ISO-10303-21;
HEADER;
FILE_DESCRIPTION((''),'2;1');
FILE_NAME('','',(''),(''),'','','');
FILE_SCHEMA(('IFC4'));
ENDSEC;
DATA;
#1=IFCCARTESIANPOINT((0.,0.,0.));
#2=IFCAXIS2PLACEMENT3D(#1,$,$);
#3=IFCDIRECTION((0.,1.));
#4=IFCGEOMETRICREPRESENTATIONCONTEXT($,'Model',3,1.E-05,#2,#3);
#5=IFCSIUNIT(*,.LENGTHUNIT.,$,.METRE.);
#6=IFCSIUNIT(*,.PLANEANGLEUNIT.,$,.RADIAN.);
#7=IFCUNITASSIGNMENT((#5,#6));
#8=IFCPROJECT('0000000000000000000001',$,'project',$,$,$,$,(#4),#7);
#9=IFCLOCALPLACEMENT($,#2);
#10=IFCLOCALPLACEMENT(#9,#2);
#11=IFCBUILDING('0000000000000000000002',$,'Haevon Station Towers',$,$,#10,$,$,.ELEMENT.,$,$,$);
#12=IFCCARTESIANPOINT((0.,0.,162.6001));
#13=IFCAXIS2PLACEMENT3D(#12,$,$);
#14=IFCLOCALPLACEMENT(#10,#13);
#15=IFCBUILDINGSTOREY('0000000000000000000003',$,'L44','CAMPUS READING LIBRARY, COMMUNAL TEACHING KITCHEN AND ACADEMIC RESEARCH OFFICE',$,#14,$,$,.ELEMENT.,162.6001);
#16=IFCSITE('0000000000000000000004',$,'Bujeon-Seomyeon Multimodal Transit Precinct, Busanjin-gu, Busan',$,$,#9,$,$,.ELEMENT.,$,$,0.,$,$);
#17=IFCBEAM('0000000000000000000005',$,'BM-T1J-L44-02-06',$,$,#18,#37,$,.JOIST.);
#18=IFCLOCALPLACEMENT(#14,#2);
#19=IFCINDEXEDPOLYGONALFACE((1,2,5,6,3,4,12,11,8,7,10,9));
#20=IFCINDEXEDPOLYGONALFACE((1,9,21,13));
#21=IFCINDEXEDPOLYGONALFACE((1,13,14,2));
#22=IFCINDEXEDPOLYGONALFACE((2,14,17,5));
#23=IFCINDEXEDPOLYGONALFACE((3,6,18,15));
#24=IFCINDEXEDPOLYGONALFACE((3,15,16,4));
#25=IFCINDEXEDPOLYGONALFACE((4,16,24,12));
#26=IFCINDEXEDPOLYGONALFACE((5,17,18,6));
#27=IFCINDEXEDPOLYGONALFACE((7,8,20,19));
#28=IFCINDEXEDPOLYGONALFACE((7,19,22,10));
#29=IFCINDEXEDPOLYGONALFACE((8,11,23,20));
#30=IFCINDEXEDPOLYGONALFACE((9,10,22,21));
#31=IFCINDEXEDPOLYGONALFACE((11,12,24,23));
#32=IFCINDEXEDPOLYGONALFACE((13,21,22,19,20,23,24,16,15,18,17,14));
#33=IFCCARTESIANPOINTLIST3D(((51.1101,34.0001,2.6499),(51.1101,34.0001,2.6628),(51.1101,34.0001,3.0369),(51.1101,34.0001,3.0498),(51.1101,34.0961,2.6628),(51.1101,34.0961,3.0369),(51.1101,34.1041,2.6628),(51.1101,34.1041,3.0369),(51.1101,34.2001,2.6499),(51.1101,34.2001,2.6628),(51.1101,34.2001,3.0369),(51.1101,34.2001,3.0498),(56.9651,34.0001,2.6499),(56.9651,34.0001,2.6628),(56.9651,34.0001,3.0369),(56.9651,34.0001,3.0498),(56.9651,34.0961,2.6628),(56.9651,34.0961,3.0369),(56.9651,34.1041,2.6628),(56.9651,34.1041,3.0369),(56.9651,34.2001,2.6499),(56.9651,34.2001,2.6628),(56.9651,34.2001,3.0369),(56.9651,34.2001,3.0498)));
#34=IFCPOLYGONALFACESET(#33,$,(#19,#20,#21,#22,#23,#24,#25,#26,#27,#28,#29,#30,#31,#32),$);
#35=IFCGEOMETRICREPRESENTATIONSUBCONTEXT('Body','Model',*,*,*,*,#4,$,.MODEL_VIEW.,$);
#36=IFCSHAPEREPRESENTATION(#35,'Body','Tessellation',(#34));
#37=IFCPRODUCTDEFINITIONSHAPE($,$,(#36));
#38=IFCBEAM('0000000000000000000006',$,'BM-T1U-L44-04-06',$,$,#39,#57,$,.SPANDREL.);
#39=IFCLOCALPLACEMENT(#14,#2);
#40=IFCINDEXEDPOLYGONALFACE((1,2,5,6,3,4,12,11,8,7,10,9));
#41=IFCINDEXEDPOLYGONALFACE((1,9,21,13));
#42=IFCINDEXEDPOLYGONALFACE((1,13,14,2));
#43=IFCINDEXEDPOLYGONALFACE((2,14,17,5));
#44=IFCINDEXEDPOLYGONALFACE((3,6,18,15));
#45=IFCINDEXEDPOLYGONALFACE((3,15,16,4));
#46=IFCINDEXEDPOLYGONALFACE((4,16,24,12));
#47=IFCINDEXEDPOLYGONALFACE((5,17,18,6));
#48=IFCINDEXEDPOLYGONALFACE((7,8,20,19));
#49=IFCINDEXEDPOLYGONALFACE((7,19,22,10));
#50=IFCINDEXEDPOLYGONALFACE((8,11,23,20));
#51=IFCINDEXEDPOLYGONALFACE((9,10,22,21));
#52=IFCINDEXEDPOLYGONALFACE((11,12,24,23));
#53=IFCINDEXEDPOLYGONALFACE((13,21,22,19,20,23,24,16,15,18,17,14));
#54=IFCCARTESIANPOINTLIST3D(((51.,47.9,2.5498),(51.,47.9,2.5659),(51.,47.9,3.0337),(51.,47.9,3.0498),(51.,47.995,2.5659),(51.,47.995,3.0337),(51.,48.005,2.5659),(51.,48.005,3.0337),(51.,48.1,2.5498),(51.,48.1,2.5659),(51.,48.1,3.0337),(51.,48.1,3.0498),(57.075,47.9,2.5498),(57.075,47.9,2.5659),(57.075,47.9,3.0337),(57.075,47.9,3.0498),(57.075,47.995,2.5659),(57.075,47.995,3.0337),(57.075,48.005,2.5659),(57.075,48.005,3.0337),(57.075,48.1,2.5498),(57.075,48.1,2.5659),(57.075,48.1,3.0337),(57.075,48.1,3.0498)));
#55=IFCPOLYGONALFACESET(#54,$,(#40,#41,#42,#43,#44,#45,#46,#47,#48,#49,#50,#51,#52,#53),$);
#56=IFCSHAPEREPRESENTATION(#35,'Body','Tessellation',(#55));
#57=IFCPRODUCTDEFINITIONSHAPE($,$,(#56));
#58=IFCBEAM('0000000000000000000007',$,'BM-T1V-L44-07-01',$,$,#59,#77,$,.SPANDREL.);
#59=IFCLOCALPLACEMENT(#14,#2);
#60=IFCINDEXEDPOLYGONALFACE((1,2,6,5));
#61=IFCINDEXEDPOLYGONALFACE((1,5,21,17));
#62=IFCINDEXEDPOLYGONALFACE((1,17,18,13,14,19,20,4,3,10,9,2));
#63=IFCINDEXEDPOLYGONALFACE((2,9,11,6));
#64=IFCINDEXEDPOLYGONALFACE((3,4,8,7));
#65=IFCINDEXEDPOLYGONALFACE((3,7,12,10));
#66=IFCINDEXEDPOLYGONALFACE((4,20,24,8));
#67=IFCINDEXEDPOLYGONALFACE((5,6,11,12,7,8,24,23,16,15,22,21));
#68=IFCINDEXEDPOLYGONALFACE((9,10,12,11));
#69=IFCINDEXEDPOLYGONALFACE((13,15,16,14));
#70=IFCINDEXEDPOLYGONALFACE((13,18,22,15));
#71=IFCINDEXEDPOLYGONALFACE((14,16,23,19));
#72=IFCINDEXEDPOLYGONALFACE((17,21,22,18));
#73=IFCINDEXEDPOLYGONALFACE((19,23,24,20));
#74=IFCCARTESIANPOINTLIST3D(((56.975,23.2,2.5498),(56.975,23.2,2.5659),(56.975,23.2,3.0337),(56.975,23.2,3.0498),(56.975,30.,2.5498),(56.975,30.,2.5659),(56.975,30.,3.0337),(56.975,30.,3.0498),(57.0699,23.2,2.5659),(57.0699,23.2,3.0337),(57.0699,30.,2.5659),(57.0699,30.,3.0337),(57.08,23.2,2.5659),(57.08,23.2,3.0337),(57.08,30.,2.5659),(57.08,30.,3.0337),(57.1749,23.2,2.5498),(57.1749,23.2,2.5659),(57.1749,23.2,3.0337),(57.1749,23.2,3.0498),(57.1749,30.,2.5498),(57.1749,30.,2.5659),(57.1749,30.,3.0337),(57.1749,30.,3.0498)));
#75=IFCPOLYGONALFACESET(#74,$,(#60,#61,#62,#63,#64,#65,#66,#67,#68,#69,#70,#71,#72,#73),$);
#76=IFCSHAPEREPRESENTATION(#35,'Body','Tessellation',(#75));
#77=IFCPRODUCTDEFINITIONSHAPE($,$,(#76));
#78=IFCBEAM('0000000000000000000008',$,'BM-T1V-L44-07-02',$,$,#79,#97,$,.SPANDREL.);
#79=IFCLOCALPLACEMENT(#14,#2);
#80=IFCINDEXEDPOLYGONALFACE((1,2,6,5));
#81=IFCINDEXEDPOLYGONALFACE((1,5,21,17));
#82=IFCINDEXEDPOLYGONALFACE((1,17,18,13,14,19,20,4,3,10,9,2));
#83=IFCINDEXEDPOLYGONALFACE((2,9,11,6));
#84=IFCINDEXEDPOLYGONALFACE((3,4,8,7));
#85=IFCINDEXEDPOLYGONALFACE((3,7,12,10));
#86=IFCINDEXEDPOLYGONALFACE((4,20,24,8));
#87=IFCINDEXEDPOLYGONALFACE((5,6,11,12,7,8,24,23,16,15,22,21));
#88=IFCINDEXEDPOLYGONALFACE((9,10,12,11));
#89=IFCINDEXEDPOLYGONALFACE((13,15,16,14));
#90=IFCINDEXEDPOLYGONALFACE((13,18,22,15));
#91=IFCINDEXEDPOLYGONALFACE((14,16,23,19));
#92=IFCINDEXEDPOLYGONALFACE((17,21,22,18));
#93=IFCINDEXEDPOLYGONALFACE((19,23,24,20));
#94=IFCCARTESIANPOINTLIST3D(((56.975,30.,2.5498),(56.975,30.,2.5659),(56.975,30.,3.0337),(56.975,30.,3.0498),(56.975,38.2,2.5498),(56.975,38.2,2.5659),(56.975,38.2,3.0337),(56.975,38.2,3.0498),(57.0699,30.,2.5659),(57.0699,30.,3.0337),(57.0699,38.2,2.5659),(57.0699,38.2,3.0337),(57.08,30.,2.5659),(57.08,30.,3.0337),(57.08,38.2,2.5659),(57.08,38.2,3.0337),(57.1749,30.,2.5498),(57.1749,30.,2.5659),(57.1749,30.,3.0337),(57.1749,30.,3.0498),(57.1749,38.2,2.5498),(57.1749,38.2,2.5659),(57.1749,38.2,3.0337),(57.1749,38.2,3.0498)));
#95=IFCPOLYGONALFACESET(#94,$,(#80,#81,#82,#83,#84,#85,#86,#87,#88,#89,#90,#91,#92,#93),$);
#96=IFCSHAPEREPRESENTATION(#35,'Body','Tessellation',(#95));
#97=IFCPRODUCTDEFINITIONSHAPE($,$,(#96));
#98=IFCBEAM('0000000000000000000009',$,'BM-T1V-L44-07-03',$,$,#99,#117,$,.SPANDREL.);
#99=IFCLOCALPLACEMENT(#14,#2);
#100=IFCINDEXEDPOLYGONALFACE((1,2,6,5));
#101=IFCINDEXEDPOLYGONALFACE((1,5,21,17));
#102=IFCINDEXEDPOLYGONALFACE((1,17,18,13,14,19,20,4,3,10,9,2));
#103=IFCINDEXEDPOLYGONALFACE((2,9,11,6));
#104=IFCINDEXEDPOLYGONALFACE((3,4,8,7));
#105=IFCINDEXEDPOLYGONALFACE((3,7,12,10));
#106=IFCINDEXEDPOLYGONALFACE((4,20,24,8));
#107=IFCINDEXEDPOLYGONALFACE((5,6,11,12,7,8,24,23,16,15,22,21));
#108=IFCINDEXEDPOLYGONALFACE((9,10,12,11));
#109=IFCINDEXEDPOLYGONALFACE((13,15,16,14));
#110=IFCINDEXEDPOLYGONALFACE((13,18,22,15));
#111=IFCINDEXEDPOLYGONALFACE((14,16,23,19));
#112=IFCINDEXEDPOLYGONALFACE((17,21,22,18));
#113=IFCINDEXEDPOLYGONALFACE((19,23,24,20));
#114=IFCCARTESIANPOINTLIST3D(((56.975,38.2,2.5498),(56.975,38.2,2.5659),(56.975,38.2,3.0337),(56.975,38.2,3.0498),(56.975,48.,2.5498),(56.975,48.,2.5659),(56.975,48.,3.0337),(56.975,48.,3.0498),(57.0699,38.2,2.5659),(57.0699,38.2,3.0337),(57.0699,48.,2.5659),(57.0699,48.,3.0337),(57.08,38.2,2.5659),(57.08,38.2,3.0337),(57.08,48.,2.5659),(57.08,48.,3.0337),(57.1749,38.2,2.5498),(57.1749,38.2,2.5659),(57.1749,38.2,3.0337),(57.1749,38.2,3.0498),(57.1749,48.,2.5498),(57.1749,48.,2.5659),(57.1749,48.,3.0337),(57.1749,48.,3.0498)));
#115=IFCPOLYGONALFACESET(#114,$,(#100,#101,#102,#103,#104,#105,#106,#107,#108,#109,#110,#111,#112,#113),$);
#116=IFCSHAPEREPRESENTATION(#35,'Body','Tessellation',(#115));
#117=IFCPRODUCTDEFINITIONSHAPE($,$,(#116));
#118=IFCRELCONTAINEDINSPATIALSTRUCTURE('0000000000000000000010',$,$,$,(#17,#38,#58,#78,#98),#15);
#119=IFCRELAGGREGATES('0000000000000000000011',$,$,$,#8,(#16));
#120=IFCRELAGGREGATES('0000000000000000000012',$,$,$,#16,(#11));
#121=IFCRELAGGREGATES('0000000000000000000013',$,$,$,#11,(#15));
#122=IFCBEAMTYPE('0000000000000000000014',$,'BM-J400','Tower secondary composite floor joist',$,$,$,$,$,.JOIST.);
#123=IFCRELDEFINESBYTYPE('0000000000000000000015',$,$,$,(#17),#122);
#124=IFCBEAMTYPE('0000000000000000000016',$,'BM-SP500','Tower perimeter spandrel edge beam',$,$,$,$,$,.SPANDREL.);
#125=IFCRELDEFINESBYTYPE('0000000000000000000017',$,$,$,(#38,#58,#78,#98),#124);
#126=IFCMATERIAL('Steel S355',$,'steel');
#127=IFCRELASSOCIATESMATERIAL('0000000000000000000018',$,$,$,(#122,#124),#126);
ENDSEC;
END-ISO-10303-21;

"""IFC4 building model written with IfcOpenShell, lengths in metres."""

from ifc_helpers import new_model, si_unit, direction, frame, origin, origin_2d, place, context, subcontext, project, spatial, i_section, extrude, material, material_profile, profile_set, type_object, element, save


model = new_model("IFC4")

# Units and contexts
model_context = context("Model", 3, precision=1e-05, world=origin(), true_north=direction((0.0, 1.0)))
body_context = subcontext(model_context, "Body", "Model", "MODEL_VIEW")
ifc_project = project(units=[si_unit("LENGTHUNIT", "METRE"), si_unit("PLANEANGLEUNIT", "RADIAN")], contexts=[model_context])

# Site, building, storey
site_placement = place(None, origin())
site = spatial("IfcSite", under=ifc_project, at=site_placement, Name="Bujeon-Seomyeon Multimodal Transit Precinct, Busanjin-gu, Busan", CompositionType="ELEMENT", RefElevation=0.0)
building_placement = place(site_placement, origin())
building = spatial("IfcBuilding", under=site, at=building_placement, Name="Haevon Station Towers", CompositionType="ELEMENT")
storey_placement = place(building_placement, frame((0.0, 0.0, 162.6001)))
storey = spatial("IfcBuildingStorey", under=building, at=storey_placement, Name="L44", Description="CAMPUS READING LIBRARY, COMMUNAL TEACHING KITCHEN AND ACADEMIC RESEARCH OFFICE", CompositionType="ELEMENT", Elevation=162.6001)

# Shared definitions
ifc_material_1 = material(Name="Steel S355", Category="steel")

# Beams
ifc_material_profile_1 = material_profile(ifc_material_1, i_section(OverallWidth=0.2, OverallDepth=0.3999, WebThickness=0.0081, FlangeThickness=0.0129, at=origin_2d()), Name="H-400x200x8x13")
ifc_profile_set_1 = profile_set([ifc_material_profile_1], Name="Steel S355")
beam_type_1 = type_object("IfcBeamType", Name="BM-J400", Description="Tower secondary composite floor joist", PredefinedType="JOIST", material=ifc_profile_set_1)
for number, where, z_axis, x_axis, name in (
    (1, (51.1101, 34.1001, 2.8499), (1.0, 0.0, 0.0), (0.0, 1.0, 0.0), "BM-T1J-L44-02-06"),
):
    element("IfcBeam", number, at=place(storey_placement, frame(where, z_axis=z_axis, x_axis=x_axis)), inside=storey, type_object=beam_type_1, Name=name, PredefinedType="JOIST", context=body_context, shape_type="SweptSolid", body=[
        extrude(i_section(OverallWidth=0.2, OverallDepth=0.3999, WebThickness=0.0081, FlangeThickness=0.0129, at=origin_2d()), origin(), (0.0, 0.0, 1.0), 5.855),
    ])
ifc_material_profile_2 = material_profile(ifc_material_1, i_section(OverallWidth=0.2, OverallDepth=0.5, WebThickness=0.01, FlangeThickness=0.0161, at=origin_2d()), Name="H-500x200x10x16")
ifc_profile_set_2 = profile_set([ifc_material_profile_2], Name="Steel S355")
beam_type_2 = type_object("IfcBeamType", Name="BM-SP500", Description="Tower perimeter spandrel edge beam", PredefinedType="SPANDREL", material=ifc_profile_set_2)
beam_1_placement = place(storey_placement, frame((51.0, 48.0, 2.7998), z_axis=(1.0, 0.0, 0.0), x_axis=(0.0, 1.0, 0.0)))
element("IfcBeam", 2, at=beam_1_placement, inside=storey, type_object=beam_type_2, Name="BM-T1U-L44-04-06", PredefinedType="SPANDREL", context=body_context, shape_type="SweptSolid", body=[
    extrude(i_section(OverallWidth=0.2, OverallDepth=0.5, WebThickness=0.01, FlangeThickness=0.0161, at=origin_2d()), origin(), (0.0, 0.0, 1.0), 6.075),
])
beam_2_placement = place(storey_placement, frame((57.075, 23.2, 2.7998), z_axis=(0.0, 1.0, 0.0), x_axis=(-1.0, 0.0, 0.0)))
element("IfcBeam", 3, at=beam_2_placement, inside=storey, type_object=beam_type_2, Name="BM-T1V-L44-07-01", PredefinedType="SPANDREL", context=body_context, shape_type="SweptSolid", body=[
    extrude(i_section(OverallWidth=0.2, OverallDepth=0.5, WebThickness=0.01, FlangeThickness=0.0161, at=origin_2d()), origin(), (0.0, 0.0, 1.0), 6.8),
])
beam_3_placement = place(storey_placement, frame((57.075, 30.0, 2.7998), z_axis=(0.0, 1.0, 0.0), x_axis=(-1.0, 0.0, 0.0)))
element("IfcBeam", 4, at=beam_3_placement, inside=storey, type_object=beam_type_2, Name="BM-T1V-L44-07-02", PredefinedType="SPANDREL", context=body_context, shape_type="SweptSolid", body=[
    extrude(i_section(OverallWidth=0.2, OverallDepth=0.5, WebThickness=0.01, FlangeThickness=0.0161, at=origin_2d()), origin(), (0.0, 0.0, 1.0), 8.2),
])
beam_4_placement = place(storey_placement, frame((57.075, 38.2, 2.7998), z_axis=(0.0, 1.0, 0.0), x_axis=(-1.0, 0.0, 0.0)))
element("IfcBeam", 5, at=beam_4_placement, inside=storey, type_object=beam_type_2, Name="BM-T1V-L44-07-03", PredefinedType="SPANDREL", context=body_context, shape_type="SweptSolid", body=[
    extrude(i_section(OverallWidth=0.2, OverallDepth=0.5, WebThickness=0.01, FlangeThickness=0.0161, at=origin_2d()), origin(), (0.0, 0.0, 1.0), 9.8),
])

save(model, "model.ifc")
